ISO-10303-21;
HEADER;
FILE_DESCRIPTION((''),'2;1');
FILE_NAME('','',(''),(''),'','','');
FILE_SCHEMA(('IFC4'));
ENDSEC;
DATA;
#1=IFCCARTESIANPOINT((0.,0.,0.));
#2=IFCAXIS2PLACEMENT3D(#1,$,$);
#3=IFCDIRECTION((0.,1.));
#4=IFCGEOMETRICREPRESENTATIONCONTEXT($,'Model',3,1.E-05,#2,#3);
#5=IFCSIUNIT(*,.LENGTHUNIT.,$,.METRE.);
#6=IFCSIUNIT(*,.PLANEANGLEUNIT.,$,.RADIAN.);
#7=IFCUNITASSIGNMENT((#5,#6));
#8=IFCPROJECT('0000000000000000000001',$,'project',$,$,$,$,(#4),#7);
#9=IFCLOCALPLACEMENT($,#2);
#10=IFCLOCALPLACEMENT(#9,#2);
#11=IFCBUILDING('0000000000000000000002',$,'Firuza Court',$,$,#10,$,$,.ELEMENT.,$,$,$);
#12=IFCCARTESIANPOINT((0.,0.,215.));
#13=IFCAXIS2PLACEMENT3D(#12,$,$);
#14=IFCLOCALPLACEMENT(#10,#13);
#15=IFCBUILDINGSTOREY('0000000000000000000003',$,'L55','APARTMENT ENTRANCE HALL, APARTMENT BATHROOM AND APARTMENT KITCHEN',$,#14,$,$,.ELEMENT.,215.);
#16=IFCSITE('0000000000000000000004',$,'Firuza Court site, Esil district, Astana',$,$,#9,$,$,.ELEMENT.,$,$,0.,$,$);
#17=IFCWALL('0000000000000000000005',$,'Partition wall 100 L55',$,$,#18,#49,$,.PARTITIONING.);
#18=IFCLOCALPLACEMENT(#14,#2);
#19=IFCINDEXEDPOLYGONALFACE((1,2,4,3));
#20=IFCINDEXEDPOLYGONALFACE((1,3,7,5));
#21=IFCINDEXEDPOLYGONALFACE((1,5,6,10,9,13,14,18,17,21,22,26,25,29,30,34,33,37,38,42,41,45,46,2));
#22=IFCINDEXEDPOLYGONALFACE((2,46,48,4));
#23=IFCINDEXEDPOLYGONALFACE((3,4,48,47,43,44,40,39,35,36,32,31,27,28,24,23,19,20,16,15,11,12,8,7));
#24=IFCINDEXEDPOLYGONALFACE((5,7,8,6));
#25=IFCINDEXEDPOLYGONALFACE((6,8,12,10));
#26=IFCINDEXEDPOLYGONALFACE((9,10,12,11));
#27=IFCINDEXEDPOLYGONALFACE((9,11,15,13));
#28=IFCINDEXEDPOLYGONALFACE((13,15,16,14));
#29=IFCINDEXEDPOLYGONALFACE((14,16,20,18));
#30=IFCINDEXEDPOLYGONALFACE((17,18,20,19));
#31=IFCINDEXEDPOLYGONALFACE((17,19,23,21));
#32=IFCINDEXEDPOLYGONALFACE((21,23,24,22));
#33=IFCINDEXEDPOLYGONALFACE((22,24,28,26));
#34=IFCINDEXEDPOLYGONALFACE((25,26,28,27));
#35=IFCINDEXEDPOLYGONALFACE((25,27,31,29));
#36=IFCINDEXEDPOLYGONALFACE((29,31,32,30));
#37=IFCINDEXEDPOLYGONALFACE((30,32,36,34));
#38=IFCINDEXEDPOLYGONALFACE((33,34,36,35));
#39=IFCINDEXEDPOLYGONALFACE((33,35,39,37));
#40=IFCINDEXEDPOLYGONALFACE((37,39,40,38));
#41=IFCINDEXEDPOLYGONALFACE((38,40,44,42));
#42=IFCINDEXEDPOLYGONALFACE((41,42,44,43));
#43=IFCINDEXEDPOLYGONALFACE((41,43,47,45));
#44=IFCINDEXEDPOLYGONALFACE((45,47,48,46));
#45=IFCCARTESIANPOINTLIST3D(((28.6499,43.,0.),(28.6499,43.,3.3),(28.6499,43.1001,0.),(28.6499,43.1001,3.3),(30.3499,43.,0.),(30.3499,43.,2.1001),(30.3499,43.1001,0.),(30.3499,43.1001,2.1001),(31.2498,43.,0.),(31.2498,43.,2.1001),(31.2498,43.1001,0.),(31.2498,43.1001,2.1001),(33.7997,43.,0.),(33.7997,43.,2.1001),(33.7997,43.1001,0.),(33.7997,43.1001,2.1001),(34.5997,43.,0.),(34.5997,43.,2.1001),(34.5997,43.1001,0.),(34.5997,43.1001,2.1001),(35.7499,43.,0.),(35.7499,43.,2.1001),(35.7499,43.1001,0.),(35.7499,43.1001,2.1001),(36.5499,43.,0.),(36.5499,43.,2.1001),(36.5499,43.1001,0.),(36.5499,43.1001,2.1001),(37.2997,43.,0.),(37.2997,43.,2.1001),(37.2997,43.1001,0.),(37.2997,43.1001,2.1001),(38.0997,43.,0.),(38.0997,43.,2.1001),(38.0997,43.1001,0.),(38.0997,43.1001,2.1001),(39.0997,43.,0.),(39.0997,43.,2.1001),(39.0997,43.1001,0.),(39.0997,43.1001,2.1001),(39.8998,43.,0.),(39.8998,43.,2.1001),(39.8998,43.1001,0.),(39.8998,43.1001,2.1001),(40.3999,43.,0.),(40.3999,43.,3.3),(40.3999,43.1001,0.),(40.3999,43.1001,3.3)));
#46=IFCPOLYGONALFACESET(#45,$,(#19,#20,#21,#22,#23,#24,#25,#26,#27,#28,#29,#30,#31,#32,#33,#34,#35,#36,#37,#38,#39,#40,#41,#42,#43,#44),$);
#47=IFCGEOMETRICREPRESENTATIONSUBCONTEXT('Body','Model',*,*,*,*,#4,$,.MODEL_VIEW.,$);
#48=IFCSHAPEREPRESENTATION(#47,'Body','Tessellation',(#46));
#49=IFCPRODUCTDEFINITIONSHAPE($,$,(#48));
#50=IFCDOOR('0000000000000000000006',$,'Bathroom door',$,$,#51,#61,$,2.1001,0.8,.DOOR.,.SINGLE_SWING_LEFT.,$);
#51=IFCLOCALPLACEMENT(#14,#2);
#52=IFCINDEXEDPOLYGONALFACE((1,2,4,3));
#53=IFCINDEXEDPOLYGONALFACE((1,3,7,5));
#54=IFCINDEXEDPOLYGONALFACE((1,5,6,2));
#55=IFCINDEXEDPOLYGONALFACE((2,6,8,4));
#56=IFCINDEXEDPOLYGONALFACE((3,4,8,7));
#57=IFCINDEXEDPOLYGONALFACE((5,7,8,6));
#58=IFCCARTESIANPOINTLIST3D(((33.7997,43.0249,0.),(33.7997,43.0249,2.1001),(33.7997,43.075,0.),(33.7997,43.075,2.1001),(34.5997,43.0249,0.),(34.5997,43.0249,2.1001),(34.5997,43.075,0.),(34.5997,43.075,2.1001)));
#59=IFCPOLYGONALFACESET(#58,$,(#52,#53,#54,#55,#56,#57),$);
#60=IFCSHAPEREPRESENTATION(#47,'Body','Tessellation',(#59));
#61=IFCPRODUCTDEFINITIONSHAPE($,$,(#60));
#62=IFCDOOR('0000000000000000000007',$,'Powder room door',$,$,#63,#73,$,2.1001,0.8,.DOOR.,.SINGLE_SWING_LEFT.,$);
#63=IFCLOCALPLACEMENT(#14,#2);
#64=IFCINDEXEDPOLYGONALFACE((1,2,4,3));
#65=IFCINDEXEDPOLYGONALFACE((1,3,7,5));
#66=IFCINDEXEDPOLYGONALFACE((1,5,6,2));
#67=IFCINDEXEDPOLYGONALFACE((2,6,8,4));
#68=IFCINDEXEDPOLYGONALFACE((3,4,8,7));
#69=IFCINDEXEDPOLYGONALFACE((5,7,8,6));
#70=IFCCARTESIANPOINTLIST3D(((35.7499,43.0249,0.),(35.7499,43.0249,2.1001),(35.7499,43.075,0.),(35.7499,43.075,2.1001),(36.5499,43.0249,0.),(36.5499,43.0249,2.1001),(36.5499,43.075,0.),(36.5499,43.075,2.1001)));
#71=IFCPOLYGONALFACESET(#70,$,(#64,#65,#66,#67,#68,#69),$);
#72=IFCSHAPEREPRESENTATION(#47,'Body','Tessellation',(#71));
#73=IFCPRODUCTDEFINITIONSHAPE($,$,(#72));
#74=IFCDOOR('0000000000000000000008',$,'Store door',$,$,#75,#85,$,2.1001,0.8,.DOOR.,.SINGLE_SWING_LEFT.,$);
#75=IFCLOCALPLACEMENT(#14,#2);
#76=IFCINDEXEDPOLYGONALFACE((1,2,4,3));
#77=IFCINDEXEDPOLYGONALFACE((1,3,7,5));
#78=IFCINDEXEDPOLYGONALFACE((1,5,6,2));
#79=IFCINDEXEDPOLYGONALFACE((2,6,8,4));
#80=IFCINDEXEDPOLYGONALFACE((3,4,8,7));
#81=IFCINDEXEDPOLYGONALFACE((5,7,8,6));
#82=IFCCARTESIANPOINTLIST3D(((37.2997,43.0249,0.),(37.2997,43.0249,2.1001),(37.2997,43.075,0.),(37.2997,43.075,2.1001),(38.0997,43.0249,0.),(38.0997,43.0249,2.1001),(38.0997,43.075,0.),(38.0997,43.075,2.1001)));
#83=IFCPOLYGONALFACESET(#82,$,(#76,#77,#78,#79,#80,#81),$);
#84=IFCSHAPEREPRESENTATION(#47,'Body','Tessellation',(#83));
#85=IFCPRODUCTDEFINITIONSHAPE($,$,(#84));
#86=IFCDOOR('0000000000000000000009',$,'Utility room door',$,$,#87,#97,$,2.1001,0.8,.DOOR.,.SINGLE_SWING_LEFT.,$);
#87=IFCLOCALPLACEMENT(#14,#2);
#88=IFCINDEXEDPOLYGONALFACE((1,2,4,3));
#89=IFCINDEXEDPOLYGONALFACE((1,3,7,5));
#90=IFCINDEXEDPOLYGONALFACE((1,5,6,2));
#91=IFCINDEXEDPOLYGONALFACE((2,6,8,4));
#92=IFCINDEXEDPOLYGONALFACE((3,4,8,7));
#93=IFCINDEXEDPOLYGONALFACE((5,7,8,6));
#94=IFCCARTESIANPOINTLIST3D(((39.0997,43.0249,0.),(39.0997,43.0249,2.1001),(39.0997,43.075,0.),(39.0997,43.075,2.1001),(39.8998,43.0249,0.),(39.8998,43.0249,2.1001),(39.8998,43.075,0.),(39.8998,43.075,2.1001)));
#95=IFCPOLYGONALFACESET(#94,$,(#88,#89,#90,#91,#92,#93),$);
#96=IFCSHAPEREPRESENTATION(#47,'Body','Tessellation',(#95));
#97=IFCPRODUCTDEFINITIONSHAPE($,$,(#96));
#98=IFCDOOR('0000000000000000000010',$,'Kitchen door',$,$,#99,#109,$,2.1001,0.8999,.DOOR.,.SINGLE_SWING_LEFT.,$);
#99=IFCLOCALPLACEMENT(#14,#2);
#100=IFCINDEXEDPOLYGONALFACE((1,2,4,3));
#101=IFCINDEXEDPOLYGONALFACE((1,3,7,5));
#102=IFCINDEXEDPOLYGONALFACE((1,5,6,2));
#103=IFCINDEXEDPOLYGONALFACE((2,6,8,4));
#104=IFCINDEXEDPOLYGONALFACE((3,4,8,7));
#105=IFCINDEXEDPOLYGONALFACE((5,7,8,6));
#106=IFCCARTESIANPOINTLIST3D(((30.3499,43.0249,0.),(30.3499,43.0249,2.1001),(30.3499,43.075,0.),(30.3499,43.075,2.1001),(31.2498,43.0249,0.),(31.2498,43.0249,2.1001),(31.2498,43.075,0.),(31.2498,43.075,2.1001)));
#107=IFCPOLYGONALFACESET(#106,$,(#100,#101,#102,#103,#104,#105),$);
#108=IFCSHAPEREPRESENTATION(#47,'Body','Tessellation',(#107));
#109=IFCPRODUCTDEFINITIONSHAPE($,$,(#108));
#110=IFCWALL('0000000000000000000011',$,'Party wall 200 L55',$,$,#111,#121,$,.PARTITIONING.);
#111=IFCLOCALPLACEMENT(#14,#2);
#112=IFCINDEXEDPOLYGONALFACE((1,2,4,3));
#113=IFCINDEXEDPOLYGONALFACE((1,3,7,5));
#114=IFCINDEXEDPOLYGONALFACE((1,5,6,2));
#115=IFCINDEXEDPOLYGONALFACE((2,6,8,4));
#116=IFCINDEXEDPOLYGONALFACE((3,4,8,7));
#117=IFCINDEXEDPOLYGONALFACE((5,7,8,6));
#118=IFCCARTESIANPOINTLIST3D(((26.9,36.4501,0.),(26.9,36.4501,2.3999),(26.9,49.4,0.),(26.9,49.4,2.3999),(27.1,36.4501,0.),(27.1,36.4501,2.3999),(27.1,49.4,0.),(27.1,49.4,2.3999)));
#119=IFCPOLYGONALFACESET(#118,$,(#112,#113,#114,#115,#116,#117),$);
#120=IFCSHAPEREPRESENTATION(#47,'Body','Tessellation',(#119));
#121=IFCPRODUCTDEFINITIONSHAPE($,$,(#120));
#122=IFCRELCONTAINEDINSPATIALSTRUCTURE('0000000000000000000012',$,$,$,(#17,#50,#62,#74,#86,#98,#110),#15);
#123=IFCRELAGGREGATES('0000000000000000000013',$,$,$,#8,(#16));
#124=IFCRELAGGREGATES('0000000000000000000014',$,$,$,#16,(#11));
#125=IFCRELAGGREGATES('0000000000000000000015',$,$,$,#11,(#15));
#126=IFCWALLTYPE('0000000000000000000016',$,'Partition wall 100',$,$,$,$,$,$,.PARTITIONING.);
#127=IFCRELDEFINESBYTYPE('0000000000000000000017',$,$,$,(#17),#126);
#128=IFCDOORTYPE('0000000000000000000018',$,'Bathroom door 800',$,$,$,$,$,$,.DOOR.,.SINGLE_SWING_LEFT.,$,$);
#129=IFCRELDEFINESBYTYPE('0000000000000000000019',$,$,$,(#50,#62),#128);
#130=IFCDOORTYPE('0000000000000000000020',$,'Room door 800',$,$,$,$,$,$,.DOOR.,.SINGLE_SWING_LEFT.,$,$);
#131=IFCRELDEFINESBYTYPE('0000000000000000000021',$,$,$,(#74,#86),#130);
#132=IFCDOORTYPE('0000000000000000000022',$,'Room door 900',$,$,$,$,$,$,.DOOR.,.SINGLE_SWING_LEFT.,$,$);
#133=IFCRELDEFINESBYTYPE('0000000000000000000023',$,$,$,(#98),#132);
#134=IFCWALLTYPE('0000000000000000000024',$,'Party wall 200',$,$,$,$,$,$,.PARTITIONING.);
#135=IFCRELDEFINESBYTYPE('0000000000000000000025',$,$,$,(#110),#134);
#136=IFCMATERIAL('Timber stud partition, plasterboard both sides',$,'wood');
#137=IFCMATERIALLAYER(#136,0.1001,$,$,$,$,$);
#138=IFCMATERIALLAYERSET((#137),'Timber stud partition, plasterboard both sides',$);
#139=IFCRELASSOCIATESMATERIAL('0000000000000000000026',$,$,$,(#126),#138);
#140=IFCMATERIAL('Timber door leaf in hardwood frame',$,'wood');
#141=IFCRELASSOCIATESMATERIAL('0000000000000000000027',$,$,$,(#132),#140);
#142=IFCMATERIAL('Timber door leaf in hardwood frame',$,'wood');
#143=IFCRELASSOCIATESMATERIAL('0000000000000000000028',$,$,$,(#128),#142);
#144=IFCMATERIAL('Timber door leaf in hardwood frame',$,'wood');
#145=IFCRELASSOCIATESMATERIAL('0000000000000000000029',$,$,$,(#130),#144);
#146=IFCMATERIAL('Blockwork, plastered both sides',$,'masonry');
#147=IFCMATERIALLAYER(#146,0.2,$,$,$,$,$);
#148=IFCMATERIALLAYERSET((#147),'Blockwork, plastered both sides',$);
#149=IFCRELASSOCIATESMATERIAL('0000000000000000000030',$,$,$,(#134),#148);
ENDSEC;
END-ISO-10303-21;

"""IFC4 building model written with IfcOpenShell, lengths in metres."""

from ifc_helpers import new_model, si_unit, direction, frame, frame_2d, origin, place, context, subcontext, project, spatial, rectangle, extrude, material, layer, layer_set, type_object, element, fill, save


model = new_model("IFC4")

# Units and contexts
model_context = context("Model", 3, precision=1e-05, world=origin(), true_north=direction((0.0, 1.0)))
body_context = subcontext(model_context, "Body", "Model", "MODEL_VIEW")
ifc_project = project(units=[si_unit("LENGTHUNIT", "METRE"), si_unit("PLANEANGLEUNIT", "RADIAN")], contexts=[model_context])

# Site, building, storey
site_placement = place(None, origin())
site = spatial("IfcSite", under=ifc_project, at=site_placement, Name="Firuza Court site, Esil district, Astana", CompositionType="ELEMENT", RefElevation=0.0)
building_placement = place(site_placement, origin())
building = spatial("IfcBuilding", under=site, at=building_placement, Name="Firuza Court", CompositionType="ELEMENT")
storey_placement = place(building_placement, frame((0.0, 0.0, 215.0)))
storey = spatial("IfcBuildingStorey", under=building, at=storey_placement, Name="L55", Description="APARTMENT ENTRANCE HALL, APARTMENT BATHROOM AND APARTMENT KITCHEN", CompositionType="ELEMENT", Elevation=215.0)

# Shared definitions
ifc_material_1 = material(Name="Timber stud partition, plasterboard both sides", Category="wood")
ifc_layer_1 = layer(ifc_material_1, 0.1001)
ifc_layer_set_1 = layer_set([ifc_layer_1], Name="Timber stud partition, plasterboard both sides")
wall_type_1 = type_object("IfcWallType", Name="Partition wall 100", PredefinedType="PARTITIONING", material=ifc_layer_set_1)
ifc_material_2 = material(Name="Timber door leaf in hardwood frame", Category="wood")
door_type_1 = type_object("IfcDoorType", Name="Room door 900", OperationType="SINGLE_SWING_LEFT", PredefinedType="DOOR", material=ifc_material_2)

# Wall, openings, doors
wall_1_placement = place(storey_placement, frame((28.6499, 43.05, 0.0), z_axis=(0.0, 0.0, 1.0), x_axis=(1.0, 0.0, 0.0)))
wall_1 = element("IfcWall", 1, at=wall_1_placement, inside=storey, type_object=wall_type_1, Name="Partition wall 100 L55", PredefinedType="PARTITIONING", context=body_context, shape_type="SweptSolid", body=[
    extrude(rectangle(XDim=11.75, YDim=0.1001, at=frame_2d((5.875, 0.0))), origin(), (0.0, 0.0, 1.0), 3.3),
])
opening_1_placement = place(wall_1_placement, frame((5.1499, 0.0, 0.0)))
opening_1 = element("IfcOpeningElement", 2, at=opening_1_placement, cuts=wall_1, PredefinedType="OPENING", context=body_context, shape_type="SweptSolid", body=[
    extrude(rectangle(XDim=0.8, YDim=2.1001, at=frame_2d((0.3999, 1.05))), frame((0.0, 0.062, 0.0), z_axis=(0.0, -1.0, 0.0), x_axis=(1.0, 0.0, 0.0)), (0.0, 0.0, 1.0), 0.124),
])
opening_2_placement = place(wall_1_placement, frame((1.7, 0.0, 0.0)))
opening_2 = element("IfcOpeningElement", 3, at=opening_2_placement, cuts=wall_1, PredefinedType="OPENING", context=body_context, shape_type="SweptSolid", body=[
    extrude(rectangle(XDim=0.8999, YDim=2.1001, at=frame_2d((0.45, 1.05))), frame((0.0, 0.062, 0.0), z_axis=(0.0, -1.0, 0.0), x_axis=(1.0, 0.0, 0.0)), (0.0, 0.0, 1.0), 0.124),
])
opening_3_placement = place(wall_1_placement, frame((8.6499, 0.0, 0.0)))
opening_3 = element("IfcOpeningElement", 4, at=opening_3_placement, cuts=wall_1, PredefinedType="OPENING", context=body_context, shape_type="SweptSolid", body=[
    extrude(rectangle(XDim=0.8, YDim=2.1001, at=frame_2d((0.3999, 1.05))), frame((0.0, 0.062, 0.0), z_axis=(0.0, -1.0, 0.0), x_axis=(1.0, 0.0, 0.0)), (0.0, 0.0, 1.0), 0.124),
])
opening_4_placement = place(wall_1_placement, frame((10.45, 0.0, 0.0)))
opening_4 = element("IfcOpeningElement", 5, at=opening_4_placement, cuts=wall_1, PredefinedType="OPENING", context=body_context, shape_type="SweptSolid", body=[
    extrude(rectangle(XDim=0.8, YDim=2.1001, at=frame_2d((0.3999, 1.05))), frame((0.0, 0.062, 0.0), z_axis=(0.0, -1.0, 0.0), x_axis=(1.0, 0.0, 0.0)), (0.0, 0.0, 1.0), 0.124),
])
opening_5_placement = place(wall_1_placement, frame((7.1001, 0.0, 0.0)))
opening_5 = element("IfcOpeningElement", 6, at=opening_5_placement, cuts=wall_1, PredefinedType="OPENING", context=body_context, shape_type="SweptSolid", body=[
    extrude(rectangle(XDim=0.8, YDim=2.1001, at=frame_2d((0.3999, 1.05))), frame((0.0, 0.062, 0.0), z_axis=(0.0, -1.0, 0.0), x_axis=(1.0, 0.0, 0.0)), (0.0, 0.0, 1.0), 0.124),
])
ifc_material_3 = material(Name="Timber door leaf in hardwood frame", Category="wood")
door_type_2 = type_object("IfcDoorType", Name="Bathroom door 800", OperationType="SINGLE_SWING_LEFT", PredefinedType="DOOR", material=ifc_material_3)
door_1_placement = place(opening_1_placement, origin())
door_1 = element("IfcDoor", 7, at=door_1_placement, inside=storey, type_object=door_type_2, Name="Bathroom door", OperationType="SINGLE_SWING_LEFT", OverallHeight=2.1001, OverallWidth=0.8, PredefinedType="DOOR", context=body_context, shape_type="SweptSolid", body=[
    extrude(rectangle(XDim=0.8, YDim=2.1001, at=frame_2d((0.3999, 1.05))), frame((0.0, 0.0249, 0.0), z_axis=(0.0, -1.0, 0.0), x_axis=(1.0, 0.0, 0.0)), (0.0, 0.0, 1.0), 0.05),
])
fill(opening_1, door_1)
door_2_placement = place(opening_5_placement, origin())
door_2 = element("IfcDoor", 8, at=door_2_placement, inside=storey, type_object=door_type_2, Name="Powder room door", OperationType="SINGLE_SWING_LEFT", OverallHeight=2.1001, OverallWidth=0.8, PredefinedType="DOOR", context=body_context, shape_type="SweptSolid", body=[
    extrude(rectangle(XDim=0.8, YDim=2.1001, at=frame_2d((0.3999, 1.05))), frame((0.0, 0.0249, 0.0), z_axis=(0.0, -1.0, 0.0), x_axis=(1.0, 0.0, 0.0)), (0.0, 0.0, 1.0), 0.05),
])
fill(opening_5, door_2)
ifc_material_4 = material(Name="Timber door leaf in hardwood frame", Category="wood")
door_type_3 = type_object("IfcDoorType", Name="Room door 800", OperationType="SINGLE_SWING_LEFT", PredefinedType="DOOR", material=ifc_material_4)
door_3_placement = place(opening_3_placement, origin())
door_3 = element("IfcDoor", 9, at=door_3_placement, inside=storey, type_object=door_type_3, Name="Store door", OperationType="SINGLE_SWING_LEFT", OverallHeight=2.1001, OverallWidth=0.8, PredefinedType="DOOR", context=body_context, shape_type="SweptSolid", body=[
    extrude(rectangle(XDim=0.8, YDim=2.1001, at=frame_2d((0.3999, 1.05))), frame((0.0, 0.0249, 0.0), z_axis=(0.0, -1.0, 0.0), x_axis=(1.0, 0.0, 0.0)), (0.0, 0.0, 1.0), 0.05),
])
fill(opening_3, door_3)
door_4_placement = place(opening_4_placement, origin())
door_4 = element("IfcDoor", 10, at=door_4_placement, inside=storey, type_object=door_type_3, Name="Utility room door", OperationType="SINGLE_SWING_LEFT", OverallHeight=2.1001, OverallWidth=0.8, PredefinedType="DOOR", context=body_context, shape_type="SweptSolid", body=[
    extrude(rectangle(XDim=0.8, YDim=2.1001, at=frame_2d((0.3999, 1.05))), frame((0.0, 0.0249, 0.0), z_axis=(0.0, -1.0, 0.0), x_axis=(1.0, 0.0, 0.0)), (0.0, 0.0, 1.0), 0.05),
])
fill(opening_4, door_4)
door_5_placement = place(opening_2_placement, origin())
door_5 = element("IfcDoor", 11, at=door_5_placement, inside=storey, type_object=door_type_1, Name="Kitchen door", OperationType="SINGLE_SWING_LEFT", OverallHeight=2.1001, OverallWidth=0.8999, PredefinedType="DOOR", context=body_context, shape_type="SweptSolid", body=[
    extrude(rectangle(XDim=0.8999, YDim=2.1001, at=frame_2d((0.45, 1.05))), frame((0.0, 0.0249, 0.0), z_axis=(0.0, -1.0, 0.0), x_axis=(1.0, 0.0, 0.0)), (0.0, 0.0, 1.0), 0.05),
])
fill(opening_2, door_5)

# Wall
ifc_material_5 = material(Name="Blockwork, plastered both sides", Category="masonry")
ifc_layer_2 = layer(ifc_material_5, 0.2)
ifc_layer_set_2 = layer_set([ifc_layer_2], Name="Blockwork, plastered both sides")
wall_type_2 = type_object("IfcWallType", Name="Party wall 200", PredefinedType="PARTITIONING", material=ifc_layer_set_2)
wall_2_placement = place(storey_placement, frame((27.0, 36.45, 0.0), z_axis=(0.0, 0.0, 1.0), x_axis=(0.0, 1.0, 0.0)))
element("IfcWall", 12, at=wall_2_placement, inside=storey, type_object=wall_type_2, Name="Party wall 200 L55", PredefinedType="PARTITIONING", context=body_context, shape_type="SweptSolid", body=[
    extrude(rectangle(XDim=12.95, YDim=0.2, at=frame_2d((6.4751, 0.0))), origin(), (0.0, 0.0, 1.0), 2.3999),
])

save(model, "model.ifc")
